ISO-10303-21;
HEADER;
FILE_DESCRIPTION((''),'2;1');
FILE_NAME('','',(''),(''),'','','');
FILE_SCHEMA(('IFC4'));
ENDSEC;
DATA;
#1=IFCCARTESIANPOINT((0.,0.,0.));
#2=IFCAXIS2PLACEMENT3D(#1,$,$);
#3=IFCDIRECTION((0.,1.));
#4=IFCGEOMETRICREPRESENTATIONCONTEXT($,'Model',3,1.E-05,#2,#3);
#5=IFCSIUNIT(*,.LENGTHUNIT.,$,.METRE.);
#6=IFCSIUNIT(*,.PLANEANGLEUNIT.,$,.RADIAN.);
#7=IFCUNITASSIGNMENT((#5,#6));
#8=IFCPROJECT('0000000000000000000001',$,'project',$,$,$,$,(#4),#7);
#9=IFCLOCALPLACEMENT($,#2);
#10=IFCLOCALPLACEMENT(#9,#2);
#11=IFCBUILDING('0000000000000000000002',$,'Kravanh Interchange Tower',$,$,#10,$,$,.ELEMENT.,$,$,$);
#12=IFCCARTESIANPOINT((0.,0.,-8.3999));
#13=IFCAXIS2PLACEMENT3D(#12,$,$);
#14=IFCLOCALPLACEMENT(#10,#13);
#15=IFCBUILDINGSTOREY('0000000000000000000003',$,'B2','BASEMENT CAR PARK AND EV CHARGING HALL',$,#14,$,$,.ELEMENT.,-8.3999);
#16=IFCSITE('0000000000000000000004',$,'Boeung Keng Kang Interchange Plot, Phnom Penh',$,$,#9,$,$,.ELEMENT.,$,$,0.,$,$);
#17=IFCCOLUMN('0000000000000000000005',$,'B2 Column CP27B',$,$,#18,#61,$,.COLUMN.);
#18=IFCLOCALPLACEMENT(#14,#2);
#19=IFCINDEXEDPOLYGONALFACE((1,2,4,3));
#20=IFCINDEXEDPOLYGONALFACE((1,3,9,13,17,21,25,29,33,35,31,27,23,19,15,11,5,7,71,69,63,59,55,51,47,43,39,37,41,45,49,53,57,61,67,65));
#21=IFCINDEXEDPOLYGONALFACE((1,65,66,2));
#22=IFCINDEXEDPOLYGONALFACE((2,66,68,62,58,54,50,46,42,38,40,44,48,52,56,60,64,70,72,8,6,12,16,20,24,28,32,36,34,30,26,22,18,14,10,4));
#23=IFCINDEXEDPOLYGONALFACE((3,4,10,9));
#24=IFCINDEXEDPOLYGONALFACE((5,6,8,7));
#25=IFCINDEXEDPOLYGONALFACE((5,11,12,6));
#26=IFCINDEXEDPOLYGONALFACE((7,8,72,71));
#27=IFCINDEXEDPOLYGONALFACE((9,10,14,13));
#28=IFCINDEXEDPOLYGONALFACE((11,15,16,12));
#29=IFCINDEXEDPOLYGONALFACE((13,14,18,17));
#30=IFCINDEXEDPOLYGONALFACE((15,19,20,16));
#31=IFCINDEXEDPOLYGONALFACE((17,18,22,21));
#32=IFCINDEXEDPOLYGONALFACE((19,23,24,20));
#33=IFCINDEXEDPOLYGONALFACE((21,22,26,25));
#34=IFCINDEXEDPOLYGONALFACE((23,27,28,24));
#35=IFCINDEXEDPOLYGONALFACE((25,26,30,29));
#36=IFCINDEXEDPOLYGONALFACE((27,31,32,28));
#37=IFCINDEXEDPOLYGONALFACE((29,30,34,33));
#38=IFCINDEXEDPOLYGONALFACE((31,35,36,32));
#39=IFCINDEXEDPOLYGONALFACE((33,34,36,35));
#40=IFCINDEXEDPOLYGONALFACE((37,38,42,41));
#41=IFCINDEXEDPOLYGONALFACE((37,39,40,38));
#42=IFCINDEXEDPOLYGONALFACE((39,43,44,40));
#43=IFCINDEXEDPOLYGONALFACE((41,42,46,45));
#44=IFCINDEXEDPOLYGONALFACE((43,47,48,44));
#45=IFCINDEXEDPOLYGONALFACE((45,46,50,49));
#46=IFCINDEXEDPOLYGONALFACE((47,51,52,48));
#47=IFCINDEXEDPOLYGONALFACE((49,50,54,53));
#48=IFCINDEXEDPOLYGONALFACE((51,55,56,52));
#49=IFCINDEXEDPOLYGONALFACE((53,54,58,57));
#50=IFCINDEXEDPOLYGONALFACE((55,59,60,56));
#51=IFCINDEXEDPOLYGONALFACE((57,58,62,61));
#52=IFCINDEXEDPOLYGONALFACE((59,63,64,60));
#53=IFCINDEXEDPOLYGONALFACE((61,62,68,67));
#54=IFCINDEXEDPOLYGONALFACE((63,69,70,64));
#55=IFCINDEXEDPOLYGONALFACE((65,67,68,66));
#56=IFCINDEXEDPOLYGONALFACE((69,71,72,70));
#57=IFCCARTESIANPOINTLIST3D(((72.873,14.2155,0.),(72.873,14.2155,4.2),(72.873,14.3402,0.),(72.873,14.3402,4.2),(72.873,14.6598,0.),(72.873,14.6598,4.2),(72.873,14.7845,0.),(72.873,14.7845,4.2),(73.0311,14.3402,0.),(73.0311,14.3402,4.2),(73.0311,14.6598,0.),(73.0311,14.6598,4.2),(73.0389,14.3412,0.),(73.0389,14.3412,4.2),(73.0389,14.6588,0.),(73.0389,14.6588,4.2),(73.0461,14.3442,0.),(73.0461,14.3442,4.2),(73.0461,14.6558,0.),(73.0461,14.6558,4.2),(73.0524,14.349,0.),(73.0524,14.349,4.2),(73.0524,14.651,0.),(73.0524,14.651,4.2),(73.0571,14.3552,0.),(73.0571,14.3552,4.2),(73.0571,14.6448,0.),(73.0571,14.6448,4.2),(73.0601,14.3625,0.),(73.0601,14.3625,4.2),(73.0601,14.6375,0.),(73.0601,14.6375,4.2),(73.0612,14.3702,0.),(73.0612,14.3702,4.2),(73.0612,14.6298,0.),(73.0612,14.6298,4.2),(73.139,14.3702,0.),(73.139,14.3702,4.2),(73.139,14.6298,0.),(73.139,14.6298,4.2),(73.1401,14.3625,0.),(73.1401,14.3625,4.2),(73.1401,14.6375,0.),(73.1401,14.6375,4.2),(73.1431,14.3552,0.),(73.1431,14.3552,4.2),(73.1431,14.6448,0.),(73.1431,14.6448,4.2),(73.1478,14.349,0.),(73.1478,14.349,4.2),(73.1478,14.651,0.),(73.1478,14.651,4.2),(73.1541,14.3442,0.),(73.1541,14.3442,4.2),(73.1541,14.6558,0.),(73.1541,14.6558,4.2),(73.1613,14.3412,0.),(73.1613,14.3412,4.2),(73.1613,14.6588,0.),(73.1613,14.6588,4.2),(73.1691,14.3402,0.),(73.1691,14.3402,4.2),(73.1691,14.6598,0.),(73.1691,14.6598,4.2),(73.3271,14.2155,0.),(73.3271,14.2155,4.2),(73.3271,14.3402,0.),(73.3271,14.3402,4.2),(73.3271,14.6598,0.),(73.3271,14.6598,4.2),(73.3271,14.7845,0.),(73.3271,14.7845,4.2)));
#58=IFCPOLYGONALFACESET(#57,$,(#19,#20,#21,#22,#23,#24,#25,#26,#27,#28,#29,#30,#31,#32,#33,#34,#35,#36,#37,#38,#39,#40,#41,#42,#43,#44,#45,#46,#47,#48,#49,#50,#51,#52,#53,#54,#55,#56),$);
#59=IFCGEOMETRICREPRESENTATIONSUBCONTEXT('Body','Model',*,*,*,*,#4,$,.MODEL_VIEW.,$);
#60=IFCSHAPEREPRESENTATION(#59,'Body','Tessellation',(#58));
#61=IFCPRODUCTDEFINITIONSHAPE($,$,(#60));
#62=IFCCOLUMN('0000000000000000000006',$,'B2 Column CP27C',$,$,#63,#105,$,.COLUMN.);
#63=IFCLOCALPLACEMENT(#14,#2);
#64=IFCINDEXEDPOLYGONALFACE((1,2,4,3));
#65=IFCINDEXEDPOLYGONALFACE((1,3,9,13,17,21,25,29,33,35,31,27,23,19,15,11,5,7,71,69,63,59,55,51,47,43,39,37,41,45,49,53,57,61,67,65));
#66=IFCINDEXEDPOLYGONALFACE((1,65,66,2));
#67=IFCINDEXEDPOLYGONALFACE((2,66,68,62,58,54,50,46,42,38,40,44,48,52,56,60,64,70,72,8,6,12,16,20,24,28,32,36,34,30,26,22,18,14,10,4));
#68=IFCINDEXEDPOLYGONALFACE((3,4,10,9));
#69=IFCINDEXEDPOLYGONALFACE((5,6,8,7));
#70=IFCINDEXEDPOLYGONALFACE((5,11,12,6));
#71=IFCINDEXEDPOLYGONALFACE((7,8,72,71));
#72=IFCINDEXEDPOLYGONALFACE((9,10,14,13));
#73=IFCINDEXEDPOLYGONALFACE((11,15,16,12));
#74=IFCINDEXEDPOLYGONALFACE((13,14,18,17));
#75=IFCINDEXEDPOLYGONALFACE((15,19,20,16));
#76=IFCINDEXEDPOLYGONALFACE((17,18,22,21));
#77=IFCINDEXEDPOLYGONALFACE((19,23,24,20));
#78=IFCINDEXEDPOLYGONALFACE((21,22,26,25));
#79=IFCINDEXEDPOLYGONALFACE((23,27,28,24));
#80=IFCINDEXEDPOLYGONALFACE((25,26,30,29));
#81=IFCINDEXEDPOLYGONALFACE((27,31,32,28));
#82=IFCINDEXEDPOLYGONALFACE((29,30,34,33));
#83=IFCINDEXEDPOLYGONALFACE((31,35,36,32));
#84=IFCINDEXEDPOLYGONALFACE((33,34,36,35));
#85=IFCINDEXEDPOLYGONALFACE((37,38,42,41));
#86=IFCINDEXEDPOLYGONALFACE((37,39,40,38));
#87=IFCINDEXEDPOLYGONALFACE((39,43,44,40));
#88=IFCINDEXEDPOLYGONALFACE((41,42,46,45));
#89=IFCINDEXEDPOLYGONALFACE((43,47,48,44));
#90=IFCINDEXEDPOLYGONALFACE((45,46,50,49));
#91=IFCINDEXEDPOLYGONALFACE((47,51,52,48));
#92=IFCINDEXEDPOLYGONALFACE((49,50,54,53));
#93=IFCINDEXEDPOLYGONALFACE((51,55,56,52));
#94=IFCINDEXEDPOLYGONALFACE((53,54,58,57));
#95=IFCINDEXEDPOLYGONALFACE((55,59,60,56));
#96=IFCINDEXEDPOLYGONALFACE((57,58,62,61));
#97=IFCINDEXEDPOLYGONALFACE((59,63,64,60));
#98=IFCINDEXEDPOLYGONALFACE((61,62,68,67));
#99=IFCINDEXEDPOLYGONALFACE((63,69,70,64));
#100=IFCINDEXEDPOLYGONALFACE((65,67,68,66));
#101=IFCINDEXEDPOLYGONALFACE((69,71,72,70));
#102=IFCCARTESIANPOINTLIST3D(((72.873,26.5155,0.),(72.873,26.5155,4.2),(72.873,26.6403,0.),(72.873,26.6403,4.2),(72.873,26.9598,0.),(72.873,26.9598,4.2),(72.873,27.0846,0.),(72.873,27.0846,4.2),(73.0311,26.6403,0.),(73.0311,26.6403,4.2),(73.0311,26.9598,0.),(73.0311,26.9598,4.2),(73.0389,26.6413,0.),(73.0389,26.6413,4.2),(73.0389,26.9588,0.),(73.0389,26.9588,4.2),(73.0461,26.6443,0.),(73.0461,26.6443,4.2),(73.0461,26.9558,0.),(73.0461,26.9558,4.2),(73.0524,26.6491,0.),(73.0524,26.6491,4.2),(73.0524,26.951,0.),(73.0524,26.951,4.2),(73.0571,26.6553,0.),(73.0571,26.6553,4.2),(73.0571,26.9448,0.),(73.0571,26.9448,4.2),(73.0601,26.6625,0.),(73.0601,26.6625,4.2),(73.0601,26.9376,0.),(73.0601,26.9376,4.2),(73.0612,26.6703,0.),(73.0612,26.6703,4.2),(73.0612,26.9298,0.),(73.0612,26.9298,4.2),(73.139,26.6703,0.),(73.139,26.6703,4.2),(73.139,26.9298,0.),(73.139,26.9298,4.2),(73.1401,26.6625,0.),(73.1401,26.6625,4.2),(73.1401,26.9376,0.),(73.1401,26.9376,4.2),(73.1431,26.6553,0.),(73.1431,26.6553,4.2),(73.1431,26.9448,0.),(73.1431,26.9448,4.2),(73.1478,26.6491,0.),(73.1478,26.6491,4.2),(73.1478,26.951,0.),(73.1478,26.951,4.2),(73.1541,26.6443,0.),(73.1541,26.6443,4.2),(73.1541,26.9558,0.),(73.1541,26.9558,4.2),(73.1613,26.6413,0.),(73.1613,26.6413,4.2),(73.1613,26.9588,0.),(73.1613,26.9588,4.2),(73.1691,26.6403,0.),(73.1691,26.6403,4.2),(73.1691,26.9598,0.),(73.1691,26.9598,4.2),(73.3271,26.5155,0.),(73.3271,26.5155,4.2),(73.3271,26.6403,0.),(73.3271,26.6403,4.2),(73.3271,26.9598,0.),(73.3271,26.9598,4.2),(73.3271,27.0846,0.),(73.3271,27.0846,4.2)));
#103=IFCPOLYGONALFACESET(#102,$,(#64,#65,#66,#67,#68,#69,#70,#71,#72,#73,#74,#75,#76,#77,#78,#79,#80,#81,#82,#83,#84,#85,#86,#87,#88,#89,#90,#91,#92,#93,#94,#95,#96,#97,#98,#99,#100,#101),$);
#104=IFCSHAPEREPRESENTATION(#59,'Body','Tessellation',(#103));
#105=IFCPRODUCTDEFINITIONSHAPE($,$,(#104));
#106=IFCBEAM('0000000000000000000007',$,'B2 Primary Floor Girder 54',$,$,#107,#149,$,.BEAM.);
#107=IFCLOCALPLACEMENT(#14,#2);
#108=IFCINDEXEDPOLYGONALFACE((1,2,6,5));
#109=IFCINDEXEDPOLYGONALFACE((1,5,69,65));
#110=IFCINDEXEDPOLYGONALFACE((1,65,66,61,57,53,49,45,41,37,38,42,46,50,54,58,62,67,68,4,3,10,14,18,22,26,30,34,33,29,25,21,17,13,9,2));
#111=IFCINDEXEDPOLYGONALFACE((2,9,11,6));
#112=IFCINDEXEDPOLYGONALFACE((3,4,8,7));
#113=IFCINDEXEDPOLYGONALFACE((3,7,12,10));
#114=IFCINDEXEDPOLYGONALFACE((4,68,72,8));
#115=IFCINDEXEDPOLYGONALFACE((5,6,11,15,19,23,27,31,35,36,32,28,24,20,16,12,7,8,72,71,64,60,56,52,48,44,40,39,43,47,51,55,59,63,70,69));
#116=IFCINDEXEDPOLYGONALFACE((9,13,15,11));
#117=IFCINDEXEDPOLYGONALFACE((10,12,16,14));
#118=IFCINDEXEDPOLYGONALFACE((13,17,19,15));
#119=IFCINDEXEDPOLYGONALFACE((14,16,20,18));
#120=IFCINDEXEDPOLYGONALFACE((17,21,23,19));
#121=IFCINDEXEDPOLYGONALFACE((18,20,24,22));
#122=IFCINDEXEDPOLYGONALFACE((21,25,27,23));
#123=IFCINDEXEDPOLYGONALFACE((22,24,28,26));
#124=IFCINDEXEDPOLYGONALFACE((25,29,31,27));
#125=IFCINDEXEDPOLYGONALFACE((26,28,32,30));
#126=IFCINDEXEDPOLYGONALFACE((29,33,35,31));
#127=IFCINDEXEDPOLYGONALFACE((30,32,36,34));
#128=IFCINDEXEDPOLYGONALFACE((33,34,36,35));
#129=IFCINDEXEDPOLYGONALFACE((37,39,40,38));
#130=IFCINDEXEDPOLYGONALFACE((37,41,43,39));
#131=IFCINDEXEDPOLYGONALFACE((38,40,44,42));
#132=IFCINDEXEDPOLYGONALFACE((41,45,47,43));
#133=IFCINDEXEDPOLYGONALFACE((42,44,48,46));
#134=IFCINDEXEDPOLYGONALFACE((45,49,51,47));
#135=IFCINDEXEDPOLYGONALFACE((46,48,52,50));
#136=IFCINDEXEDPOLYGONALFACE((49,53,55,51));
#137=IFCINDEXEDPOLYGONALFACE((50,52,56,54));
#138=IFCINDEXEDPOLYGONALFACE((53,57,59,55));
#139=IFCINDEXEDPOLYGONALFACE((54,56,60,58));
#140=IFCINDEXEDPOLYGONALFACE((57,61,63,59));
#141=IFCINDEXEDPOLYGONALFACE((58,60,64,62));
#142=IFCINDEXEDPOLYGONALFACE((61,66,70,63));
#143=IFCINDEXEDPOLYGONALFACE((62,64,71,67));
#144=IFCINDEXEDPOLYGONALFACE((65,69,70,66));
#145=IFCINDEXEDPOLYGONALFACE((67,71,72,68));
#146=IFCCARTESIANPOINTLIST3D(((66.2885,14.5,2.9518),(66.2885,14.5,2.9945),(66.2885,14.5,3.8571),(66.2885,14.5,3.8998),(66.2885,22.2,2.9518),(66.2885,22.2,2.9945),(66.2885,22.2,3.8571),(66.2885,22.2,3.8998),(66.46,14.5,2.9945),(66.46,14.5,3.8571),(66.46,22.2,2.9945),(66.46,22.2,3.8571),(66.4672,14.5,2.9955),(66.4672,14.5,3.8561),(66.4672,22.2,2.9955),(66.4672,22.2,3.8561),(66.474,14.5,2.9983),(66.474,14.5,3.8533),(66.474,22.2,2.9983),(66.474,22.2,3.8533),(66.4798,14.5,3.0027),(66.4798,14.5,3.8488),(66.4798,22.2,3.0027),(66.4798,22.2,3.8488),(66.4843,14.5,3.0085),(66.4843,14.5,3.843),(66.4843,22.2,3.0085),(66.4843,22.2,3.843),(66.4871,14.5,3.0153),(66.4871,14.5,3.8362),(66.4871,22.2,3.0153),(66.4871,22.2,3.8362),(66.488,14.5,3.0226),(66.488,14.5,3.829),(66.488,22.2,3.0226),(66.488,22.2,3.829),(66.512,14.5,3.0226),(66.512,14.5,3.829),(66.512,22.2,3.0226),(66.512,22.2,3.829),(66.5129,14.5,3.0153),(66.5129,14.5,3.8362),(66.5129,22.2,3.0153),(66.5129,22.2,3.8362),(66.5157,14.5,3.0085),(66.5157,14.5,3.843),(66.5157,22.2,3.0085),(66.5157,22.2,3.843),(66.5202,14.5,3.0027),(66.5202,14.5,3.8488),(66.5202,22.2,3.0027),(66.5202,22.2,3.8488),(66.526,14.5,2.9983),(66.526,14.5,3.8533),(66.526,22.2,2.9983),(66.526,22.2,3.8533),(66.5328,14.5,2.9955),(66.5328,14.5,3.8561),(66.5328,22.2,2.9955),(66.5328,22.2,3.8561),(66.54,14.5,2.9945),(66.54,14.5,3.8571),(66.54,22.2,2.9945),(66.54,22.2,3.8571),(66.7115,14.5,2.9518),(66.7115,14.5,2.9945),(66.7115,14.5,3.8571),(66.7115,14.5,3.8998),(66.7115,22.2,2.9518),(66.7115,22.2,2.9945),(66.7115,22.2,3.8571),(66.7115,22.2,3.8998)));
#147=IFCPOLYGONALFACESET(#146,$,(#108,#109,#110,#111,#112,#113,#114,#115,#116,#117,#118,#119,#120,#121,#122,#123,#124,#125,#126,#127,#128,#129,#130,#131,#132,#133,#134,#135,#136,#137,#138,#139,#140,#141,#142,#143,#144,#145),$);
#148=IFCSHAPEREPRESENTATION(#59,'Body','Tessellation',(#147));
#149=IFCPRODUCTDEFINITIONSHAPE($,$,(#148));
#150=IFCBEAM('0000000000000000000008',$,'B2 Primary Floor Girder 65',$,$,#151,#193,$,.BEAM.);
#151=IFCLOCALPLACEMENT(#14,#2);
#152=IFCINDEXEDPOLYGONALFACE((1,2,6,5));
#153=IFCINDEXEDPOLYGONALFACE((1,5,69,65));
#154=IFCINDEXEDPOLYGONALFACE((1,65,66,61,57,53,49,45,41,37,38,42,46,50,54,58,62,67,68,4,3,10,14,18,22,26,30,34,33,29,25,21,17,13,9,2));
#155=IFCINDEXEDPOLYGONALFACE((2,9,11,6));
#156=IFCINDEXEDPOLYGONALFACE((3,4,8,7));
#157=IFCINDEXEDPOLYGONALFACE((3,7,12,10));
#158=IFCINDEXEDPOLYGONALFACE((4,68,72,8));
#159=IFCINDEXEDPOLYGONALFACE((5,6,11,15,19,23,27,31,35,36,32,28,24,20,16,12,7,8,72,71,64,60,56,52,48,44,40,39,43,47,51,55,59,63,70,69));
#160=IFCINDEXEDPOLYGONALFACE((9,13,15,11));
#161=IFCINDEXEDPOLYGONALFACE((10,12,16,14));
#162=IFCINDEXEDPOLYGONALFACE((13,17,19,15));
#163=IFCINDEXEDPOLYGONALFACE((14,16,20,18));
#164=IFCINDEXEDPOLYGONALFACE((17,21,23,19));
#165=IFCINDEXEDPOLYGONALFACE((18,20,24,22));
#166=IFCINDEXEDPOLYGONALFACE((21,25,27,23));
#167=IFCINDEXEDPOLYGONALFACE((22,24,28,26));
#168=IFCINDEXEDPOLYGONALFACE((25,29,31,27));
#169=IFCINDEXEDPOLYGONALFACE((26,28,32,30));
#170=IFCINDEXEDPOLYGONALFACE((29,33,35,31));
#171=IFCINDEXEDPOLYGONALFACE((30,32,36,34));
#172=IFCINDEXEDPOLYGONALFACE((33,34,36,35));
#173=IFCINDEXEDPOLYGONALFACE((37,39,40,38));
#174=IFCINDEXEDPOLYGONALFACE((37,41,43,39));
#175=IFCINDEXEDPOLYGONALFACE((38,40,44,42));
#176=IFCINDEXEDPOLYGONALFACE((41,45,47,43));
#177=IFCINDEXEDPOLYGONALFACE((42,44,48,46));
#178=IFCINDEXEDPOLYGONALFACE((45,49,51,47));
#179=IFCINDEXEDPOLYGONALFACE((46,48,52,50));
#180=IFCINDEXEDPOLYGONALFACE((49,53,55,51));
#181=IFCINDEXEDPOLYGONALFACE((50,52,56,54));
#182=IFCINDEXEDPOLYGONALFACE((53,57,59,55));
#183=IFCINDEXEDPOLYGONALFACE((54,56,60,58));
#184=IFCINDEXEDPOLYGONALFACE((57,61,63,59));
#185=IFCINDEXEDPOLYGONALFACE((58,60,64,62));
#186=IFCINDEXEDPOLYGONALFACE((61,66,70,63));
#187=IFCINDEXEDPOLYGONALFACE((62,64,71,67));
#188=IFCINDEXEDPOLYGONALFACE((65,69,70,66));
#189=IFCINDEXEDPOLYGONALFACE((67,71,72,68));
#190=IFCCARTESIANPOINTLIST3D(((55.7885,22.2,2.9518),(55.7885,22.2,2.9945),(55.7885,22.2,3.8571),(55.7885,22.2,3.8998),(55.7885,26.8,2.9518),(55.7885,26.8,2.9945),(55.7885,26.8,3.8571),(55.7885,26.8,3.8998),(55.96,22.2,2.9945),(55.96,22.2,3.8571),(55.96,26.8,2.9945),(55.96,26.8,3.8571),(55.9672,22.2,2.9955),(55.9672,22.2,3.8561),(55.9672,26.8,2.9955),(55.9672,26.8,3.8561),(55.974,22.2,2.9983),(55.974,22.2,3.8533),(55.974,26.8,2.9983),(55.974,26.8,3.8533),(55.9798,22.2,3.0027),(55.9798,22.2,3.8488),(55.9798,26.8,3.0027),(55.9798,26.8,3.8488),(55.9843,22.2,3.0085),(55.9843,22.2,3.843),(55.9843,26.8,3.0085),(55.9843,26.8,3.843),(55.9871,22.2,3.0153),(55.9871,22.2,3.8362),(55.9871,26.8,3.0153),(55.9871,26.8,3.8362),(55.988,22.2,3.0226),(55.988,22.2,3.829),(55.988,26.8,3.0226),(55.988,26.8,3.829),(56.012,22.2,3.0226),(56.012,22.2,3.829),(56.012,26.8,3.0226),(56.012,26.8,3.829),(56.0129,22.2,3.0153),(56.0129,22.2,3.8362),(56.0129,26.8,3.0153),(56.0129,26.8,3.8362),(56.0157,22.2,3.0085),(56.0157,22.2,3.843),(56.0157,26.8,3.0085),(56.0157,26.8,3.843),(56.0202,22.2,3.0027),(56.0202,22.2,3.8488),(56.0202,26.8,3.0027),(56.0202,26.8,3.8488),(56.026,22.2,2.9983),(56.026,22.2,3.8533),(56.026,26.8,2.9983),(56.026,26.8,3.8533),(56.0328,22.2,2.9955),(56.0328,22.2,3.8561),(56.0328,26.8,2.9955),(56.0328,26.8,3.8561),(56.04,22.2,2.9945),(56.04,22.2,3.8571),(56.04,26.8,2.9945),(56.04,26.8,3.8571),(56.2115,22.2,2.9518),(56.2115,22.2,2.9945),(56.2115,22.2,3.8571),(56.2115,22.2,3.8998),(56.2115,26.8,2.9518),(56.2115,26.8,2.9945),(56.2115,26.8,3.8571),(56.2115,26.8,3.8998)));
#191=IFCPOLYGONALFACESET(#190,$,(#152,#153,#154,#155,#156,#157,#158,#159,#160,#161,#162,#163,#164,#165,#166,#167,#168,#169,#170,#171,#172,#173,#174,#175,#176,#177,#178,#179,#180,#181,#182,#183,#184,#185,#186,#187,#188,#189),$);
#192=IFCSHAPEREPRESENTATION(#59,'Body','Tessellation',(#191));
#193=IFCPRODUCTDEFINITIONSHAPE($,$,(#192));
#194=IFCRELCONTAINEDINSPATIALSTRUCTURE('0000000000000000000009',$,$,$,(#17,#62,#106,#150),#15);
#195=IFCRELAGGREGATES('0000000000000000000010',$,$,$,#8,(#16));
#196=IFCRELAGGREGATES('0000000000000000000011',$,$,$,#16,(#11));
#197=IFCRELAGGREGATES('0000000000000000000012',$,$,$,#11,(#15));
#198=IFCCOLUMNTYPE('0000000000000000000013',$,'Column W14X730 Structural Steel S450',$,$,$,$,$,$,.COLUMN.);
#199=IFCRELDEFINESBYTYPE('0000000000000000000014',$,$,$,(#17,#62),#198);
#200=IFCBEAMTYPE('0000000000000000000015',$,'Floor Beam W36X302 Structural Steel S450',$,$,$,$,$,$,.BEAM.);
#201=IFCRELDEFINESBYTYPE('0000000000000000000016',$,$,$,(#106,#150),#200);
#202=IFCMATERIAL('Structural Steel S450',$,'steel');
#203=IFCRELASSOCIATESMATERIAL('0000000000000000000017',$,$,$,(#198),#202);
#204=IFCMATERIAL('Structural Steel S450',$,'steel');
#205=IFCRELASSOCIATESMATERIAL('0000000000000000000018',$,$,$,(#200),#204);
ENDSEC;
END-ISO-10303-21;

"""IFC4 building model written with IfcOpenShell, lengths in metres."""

from ifc_helpers import new_model, si_unit, direction, frame, origin, origin_2d, place, context, subcontext, project, spatial, i_section, extrude, material, material_profile, profile_set, type_object, element, save


model = new_model("IFC4")

# Units and contexts
model_context = context("Model", 3, precision=1e-05, world=origin(), true_north=direction((0.0, 1.0)))
body_context = subcontext(model_context, "Body", "Model", "MODEL_VIEW")
ifc_project = project(units=[si_unit("LENGTHUNIT", "METRE"), si_unit("PLANEANGLEUNIT", "RADIAN")], contexts=[model_context])

# Site, building, storey
site_placement = place(None, origin())
site = spatial("IfcSite", under=ifc_project, at=site_placement, Name="Boeung Keng Kang Interchange Plot, Phnom Penh", CompositionType="ELEMENT", RefElevation=0.0)
building_placement = place(site_placement, origin())
building = spatial("IfcBuilding", under=site, at=building_placement, Name="Kravanh Interchange Tower", CompositionType="ELEMENT")
storey_placement = place(building_placement, frame((0.0, 0.0, -8.3999)))
storey = spatial("IfcBuildingStorey", under=building, at=storey_placement, Name="B2", Description="BASEMENT CAR PARK AND EV CHARGING HALL", CompositionType="ELEMENT", Elevation=-8.3999)

# Columns
ifc_material_1 = material(Name="Structural Steel S450", Category="steel")
ifc_material_profile_1 = material_profile(ifc_material_1, i_section(OverallWidth=0.4541, OverallDepth=0.5691, WebThickness=0.0779, FlangeThickness=0.1248, FilletRadius=0.03, at=origin_2d()), Name="W14X730")
ifc_profile_set_1 = profile_set([ifc_material_profile_1], Name="Structural Steel S450")
column_type = type_object("IfcColumnType", Name="Column W14X730 Structural Steel S450", PredefinedType="COLUMN", material=ifc_profile_set_1)
for number, where, z_axis, x_axis, name in (
    (1, (73.1001, 14.5, 0.0), (0.0, 0.0, 1.0), (1.0, 0.0, 0.0), "B2 Column CP27B"),
    (2, (73.1001, 26.8, 0.0), (0.0, 0.0, 1.0), (1.0, 0.0, 0.0), "B2 Column CP27C"),
):
    element("IfcColumn", number, at=place(storey_placement, frame(where, z_axis=z_axis, x_axis=x_axis)), inside=storey, type_object=column_type, Name=name, PredefinedType="COLUMN", context=body_context, shape_type="SweptSolid", body=[
        extrude(i_section(OverallWidth=0.4541, OverallDepth=0.5691, WebThickness=0.0779, FlangeThickness=0.1248, FilletRadius=0.03, at=origin_2d()), origin(), (0.0, 0.0, 1.0), 4.2),
    ])

# Beams
ifc_material_2 = material(Name="Structural Steel S450", Category="steel")
ifc_material_profile_2 = material_profile(ifc_material_2, i_section(OverallWidth=0.4231, OverallDepth=0.948, WebThickness=0.0239, FlangeThickness=0.0427, FilletRadius=0.0281, at=origin_2d()), Name="W36X302")
ifc_profile_set_2 = profile_set([ifc_material_profile_2], Name="Structural Steel S450")
beam_type_1 = type_object("IfcBeamType", Name="Floor Beam W36X302 Structural Steel S450", PredefinedType="BEAM", material=ifc_profile_set_2)
beam_1_placement = place(storey_placement, frame((66.5, 14.5, 3.4258), z_axis=(0.0, 1.0, 0.0), x_axis=(-1.0, 0.0, 0.0)))
element("IfcBeam", 3, at=beam_1_placement, inside=storey, type_object=beam_type_1, Name="B2 Primary Floor Girder 54", PredefinedType="BEAM", context=body_context, shape_type="SweptSolid", body=[
    extrude(i_section(OverallWidth=0.4231, OverallDepth=0.948, WebThickness=0.0239, FlangeThickness=0.0427, FilletRadius=0.0281, at=origin_2d()), origin(), (0.0, 0.0, 1.0), 7.7),
])
beam_2_placement = place(storey_placement, frame((56.0, 22.2, 3.4258), z_axis=(0.0, 1.0, 0.0), x_axis=(-1.0, 0.0, 0.0)))
element("IfcBeam", 4, at=beam_2_placement, inside=storey, type_object=beam_type_1, Name="B2 Primary Floor Girder 65", PredefinedType="BEAM", context=body_context, shape_type="SweptSolid", body=[
    extrude(i_section(OverallWidth=0.4231, OverallDepth=0.948, WebThickness=0.0239, FlangeThickness=0.0427, FilletRadius=0.0281, at=origin_2d()), origin(), (0.0, 0.0, 1.0), 4.6001),
])

save(model, "model.ifc")
